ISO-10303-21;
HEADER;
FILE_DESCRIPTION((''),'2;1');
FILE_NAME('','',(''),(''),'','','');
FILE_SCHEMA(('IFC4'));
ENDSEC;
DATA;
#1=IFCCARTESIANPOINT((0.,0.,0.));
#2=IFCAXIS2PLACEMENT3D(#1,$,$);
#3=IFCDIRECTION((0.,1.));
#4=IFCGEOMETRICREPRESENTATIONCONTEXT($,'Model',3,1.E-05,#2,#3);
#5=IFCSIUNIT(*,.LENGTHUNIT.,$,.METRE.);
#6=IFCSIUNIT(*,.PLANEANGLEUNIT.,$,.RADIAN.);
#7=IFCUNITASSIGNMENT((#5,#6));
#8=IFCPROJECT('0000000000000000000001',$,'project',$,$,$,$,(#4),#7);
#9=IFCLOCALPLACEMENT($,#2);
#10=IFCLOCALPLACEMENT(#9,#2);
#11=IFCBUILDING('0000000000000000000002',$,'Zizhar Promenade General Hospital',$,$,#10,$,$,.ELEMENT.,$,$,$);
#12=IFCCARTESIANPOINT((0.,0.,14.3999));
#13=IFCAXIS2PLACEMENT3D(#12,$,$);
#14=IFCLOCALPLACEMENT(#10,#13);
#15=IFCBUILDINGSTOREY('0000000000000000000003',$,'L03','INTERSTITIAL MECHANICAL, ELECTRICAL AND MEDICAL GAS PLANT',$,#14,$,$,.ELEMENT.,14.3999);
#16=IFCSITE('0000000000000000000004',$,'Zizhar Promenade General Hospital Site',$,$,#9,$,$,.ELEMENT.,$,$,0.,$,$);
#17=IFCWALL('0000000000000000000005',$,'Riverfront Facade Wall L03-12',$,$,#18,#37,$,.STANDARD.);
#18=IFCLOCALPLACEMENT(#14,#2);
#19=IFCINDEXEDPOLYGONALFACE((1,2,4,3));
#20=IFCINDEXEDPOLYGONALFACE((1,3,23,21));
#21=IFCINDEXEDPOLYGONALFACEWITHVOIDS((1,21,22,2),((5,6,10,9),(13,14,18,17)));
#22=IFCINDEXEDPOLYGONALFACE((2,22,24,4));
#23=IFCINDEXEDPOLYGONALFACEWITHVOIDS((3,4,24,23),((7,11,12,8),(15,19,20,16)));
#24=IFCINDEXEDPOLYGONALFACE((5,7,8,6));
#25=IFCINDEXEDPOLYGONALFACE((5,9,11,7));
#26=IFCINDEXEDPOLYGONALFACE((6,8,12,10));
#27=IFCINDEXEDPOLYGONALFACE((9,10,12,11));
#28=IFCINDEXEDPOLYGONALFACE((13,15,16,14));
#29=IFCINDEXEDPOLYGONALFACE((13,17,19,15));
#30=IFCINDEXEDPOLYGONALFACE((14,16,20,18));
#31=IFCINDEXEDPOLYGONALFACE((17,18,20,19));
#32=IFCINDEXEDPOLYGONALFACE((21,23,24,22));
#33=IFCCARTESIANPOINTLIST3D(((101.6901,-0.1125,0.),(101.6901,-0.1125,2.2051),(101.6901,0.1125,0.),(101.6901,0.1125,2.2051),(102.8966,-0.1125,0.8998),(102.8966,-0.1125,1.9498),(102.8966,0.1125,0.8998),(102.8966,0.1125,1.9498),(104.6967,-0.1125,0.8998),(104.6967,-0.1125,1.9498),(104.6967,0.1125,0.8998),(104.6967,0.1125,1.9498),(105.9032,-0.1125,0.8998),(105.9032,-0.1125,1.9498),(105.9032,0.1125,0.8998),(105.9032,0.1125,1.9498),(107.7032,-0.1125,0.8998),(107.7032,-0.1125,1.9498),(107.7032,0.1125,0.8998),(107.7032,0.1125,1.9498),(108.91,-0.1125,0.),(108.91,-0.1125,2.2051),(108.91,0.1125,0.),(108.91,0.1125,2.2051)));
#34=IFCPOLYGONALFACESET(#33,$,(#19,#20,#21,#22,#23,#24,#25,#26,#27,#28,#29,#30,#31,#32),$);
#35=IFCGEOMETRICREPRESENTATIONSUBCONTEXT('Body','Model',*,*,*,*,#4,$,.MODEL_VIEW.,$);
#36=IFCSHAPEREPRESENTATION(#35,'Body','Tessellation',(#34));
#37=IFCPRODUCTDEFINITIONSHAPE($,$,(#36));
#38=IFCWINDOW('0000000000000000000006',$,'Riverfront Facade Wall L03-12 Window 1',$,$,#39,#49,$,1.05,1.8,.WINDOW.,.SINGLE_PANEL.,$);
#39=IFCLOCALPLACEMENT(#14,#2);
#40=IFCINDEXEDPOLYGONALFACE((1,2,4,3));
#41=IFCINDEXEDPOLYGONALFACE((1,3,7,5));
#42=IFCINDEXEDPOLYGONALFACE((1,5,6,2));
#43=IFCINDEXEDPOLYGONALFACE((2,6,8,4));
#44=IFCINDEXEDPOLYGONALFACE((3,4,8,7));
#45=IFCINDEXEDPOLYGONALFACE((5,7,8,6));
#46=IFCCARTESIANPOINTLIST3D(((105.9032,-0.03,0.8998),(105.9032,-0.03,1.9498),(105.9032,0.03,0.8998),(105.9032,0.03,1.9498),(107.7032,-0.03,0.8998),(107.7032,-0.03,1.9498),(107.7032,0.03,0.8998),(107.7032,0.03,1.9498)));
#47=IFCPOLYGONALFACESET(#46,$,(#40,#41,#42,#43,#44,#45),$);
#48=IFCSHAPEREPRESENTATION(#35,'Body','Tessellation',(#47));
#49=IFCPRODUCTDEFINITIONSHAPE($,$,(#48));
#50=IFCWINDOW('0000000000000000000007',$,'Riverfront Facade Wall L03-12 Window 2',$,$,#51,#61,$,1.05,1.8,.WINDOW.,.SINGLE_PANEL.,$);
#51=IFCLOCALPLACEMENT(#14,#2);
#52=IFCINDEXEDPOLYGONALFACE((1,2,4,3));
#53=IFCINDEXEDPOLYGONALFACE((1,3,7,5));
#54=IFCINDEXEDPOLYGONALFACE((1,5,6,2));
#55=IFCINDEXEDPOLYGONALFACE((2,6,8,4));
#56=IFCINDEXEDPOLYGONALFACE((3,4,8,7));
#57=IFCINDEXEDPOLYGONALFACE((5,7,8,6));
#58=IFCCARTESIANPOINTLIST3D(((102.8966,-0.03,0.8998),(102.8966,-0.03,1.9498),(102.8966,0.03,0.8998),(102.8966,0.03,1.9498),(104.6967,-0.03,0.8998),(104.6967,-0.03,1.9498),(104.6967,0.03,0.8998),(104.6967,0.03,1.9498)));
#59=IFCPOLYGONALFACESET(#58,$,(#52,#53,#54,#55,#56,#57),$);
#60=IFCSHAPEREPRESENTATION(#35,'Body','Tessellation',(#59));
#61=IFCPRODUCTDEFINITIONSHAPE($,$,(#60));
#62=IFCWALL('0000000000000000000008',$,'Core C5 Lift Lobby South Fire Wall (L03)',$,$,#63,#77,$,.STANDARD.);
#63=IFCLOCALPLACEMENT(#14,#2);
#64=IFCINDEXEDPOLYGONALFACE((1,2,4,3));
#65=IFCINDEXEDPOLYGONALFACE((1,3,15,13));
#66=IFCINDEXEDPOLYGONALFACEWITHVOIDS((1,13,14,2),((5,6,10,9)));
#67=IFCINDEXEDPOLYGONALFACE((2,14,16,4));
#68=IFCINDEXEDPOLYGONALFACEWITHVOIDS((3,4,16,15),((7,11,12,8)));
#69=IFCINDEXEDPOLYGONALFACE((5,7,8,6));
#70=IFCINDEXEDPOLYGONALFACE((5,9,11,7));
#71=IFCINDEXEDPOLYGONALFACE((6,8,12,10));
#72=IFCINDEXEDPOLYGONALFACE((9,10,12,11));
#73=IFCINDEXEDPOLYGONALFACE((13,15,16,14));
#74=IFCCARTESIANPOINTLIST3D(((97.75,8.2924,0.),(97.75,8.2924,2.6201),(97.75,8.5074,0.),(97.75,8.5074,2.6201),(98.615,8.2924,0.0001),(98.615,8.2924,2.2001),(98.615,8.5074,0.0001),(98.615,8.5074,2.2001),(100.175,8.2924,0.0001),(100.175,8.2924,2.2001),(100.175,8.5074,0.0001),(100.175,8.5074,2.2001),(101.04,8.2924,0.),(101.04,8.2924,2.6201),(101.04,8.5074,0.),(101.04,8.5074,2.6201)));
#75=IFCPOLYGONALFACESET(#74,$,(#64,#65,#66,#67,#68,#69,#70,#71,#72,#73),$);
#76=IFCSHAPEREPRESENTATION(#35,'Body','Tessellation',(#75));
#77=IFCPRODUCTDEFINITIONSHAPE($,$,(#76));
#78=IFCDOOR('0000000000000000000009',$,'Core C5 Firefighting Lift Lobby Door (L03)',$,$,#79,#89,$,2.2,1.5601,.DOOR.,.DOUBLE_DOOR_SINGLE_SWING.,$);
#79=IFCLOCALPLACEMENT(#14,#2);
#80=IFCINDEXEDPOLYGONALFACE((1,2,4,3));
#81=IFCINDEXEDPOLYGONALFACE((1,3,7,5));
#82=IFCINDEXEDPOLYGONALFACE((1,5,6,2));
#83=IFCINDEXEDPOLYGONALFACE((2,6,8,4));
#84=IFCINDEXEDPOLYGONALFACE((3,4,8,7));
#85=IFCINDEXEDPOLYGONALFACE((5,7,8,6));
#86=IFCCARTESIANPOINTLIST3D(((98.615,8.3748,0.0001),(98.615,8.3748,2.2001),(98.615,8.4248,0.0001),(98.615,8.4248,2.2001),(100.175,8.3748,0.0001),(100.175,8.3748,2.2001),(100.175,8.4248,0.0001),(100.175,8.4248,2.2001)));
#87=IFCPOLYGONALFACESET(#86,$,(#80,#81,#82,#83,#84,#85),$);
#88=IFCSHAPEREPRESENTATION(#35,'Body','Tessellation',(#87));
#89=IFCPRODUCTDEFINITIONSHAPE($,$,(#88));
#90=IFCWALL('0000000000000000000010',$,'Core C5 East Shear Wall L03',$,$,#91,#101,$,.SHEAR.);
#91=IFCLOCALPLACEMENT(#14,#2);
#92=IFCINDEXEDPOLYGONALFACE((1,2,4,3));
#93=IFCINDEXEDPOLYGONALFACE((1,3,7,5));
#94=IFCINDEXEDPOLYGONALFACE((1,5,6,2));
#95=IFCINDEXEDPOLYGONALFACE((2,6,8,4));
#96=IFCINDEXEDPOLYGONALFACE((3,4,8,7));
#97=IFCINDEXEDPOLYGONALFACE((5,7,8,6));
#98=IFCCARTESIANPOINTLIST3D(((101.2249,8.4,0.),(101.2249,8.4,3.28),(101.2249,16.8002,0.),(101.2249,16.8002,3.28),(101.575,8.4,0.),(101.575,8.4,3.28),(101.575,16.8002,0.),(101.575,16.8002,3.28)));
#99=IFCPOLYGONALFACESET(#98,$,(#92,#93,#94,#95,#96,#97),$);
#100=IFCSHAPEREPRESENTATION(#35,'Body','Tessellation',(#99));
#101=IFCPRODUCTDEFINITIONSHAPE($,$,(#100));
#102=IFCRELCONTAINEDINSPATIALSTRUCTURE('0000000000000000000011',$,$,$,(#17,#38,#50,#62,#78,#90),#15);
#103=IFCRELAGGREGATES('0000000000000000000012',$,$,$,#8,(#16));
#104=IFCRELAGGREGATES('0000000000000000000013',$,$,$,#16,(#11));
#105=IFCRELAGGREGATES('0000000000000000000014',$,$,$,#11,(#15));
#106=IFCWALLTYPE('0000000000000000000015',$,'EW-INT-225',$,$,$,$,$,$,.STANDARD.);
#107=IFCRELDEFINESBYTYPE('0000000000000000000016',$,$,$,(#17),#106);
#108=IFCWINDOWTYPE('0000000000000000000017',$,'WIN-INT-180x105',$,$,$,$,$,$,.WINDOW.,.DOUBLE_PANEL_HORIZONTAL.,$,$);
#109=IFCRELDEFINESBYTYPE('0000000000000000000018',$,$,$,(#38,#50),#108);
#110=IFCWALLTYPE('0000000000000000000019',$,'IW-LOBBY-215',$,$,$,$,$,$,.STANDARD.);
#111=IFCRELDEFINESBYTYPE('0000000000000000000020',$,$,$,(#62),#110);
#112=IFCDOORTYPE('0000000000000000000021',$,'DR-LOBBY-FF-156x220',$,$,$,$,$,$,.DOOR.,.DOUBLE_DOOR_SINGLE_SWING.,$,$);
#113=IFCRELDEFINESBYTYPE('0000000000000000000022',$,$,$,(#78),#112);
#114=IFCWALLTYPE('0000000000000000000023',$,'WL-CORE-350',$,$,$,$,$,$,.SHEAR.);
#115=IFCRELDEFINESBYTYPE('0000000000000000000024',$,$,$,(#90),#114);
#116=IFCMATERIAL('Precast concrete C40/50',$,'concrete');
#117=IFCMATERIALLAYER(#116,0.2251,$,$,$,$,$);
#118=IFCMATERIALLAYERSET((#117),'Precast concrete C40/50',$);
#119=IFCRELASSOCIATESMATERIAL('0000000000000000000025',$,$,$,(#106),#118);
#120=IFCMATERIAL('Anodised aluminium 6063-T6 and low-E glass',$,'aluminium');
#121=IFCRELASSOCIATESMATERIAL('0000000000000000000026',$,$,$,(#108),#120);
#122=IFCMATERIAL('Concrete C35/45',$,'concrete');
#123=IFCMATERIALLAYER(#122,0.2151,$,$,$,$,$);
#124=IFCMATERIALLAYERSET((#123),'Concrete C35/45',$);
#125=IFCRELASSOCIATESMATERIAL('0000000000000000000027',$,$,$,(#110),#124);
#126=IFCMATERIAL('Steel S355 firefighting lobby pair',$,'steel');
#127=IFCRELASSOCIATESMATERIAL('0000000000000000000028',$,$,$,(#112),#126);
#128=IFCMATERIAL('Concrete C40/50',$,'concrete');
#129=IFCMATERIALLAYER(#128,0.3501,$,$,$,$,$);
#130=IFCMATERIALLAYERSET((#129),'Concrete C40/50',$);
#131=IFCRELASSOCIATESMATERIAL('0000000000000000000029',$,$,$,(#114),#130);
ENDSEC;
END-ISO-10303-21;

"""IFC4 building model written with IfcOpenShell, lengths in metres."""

from ifc_helpers import new_model, si_unit, direction, frame, frame_2d, origin, place, context, subcontext, project, spatial, rectangle, extrude, material, layer, layer_set, type_object, element, fill, save


model = new_model("IFC4")

# Units and contexts
model_context = context("Model", 3, precision=1e-05, world=origin(), true_north=direction((0.0, 1.0)))
body_context = subcontext(model_context, "Body", "Model", "MODEL_VIEW")
ifc_project = project(units=[si_unit("LENGTHUNIT", "METRE"), si_unit("PLANEANGLEUNIT", "RADIAN")], contexts=[model_context])

# Site, building, storey
site_placement = place(None, origin())
site = spatial("IfcSite", under=ifc_project, at=site_placement, Name="Zizhar Promenade General Hospital Site", CompositionType="ELEMENT", RefElevation=0.0)
building_placement = place(site_placement, origin())
building = spatial("IfcBuilding", under=site, at=building_placement, Name="Zizhar Promenade General Hospital", CompositionType="ELEMENT")
storey_placement = place(building_placement, frame((0.0, 0.0, 14.3999)))
storey = spatial("IfcBuildingStorey", under=building, at=storey_placement, Name="L03", Description="INTERSTITIAL MECHANICAL, ELECTRICAL AND MEDICAL GAS PLANT", CompositionType="ELEMENT", Elevation=14.3999)

# Wall, openings, windows
ifc_material_1 = material(Name="Precast concrete C40/50", Category="concrete")
ifc_layer_1 = layer(ifc_material_1, 0.2251)
ifc_layer_set_1 = layer_set([ifc_layer_1], Name="Precast concrete C40/50")
wall_type_1 = type_object("IfcWallType", Name="EW-INT-225", PredefinedType="STANDARD", material=ifc_layer_set_1)
ifc_material_2 = material(Name="Anodised aluminium 6063-T6 and low-E glass", Category="aluminium")
window_type = type_object("IfcWindowType", Name="WIN-INT-180x105", PartitioningType="DOUBLE_PANEL_HORIZONTAL", PredefinedType="WINDOW", material=ifc_material_2)
wall_1_placement = place(storey_placement, frame((108.9099, 0.0, 0.0), z_axis=(0.0, 0.0, 1.0), x_axis=(-1.0, 0.0, 0.0)))
wall_1 = element("IfcWall", 1, at=wall_1_placement, inside=storey, type_object=wall_type_1, Name="Riverfront Facade Wall L03-12", PredefinedType="STANDARD", context=body_context, shape_type="SweptSolid", body=[
    extrude(rectangle(XDim=7.22, YDim=0.2251, at=frame_2d((3.6099, 0.0))), origin(), (0.0, 0.0, 1.0), 2.2051),
])
opening_1_placement = place(wall_1_placement, frame((1.2068, 0.0, 0.8999)))
opening_1 = element("IfcOpeningElement", 2, at=opening_1_placement, cuts=wall_1, PredefinedType="OPENING", context=body_context, shape_type="SweptSolid", body=[
    extrude(rectangle(XDim=1.8, YDim=1.05, at=frame_2d((0.8999, 0.5249))), frame((0.0, 0.1226, 0.0), z_axis=(0.0, -1.0, 0.0), x_axis=(1.0, 0.0, 0.0)), (0.0, 0.0, 1.0), 0.2451),
])
opening_2_placement = place(wall_1_placement, frame((4.2134, 0.0, 0.8999)))
opening_2 = element("IfcOpeningElement", 3, at=opening_2_placement, cuts=wall_1, PredefinedType="OPENING", context=body_context, shape_type="SweptSolid", body=[
    extrude(rectangle(XDim=1.8, YDim=1.05, at=frame_2d((0.8999, 0.5249))), frame((0.0, 0.1226, 0.0), z_axis=(0.0, -1.0, 0.0), x_axis=(1.0, 0.0, 0.0)), (0.0, 0.0, 1.0), 0.2451),
])
window_1_placement = place(opening_1_placement, origin())
window_1 = element("IfcWindow", 4, at=window_1_placement, inside=storey, type_object=window_type, Name="Riverfront Facade Wall L03-12 Window 1", OverallHeight=1.05, OverallWidth=1.8, PartitioningType="SINGLE_PANEL", PredefinedType="WINDOW", context=body_context, shape_type="SweptSolid", body=[
    extrude(rectangle(XDim=1.8, YDim=1.05, at=frame_2d((0.8999, 0.5249))), frame((0.0, 0.03, 0.0), z_axis=(0.0, -1.0, 0.0), x_axis=(1.0, 0.0, 0.0)), (0.0, 0.0, 1.0), 0.0601),
])
fill(opening_1, window_1)
window_2_placement = place(opening_2_placement, origin())
window_2 = element("IfcWindow", 5, at=window_2_placement, inside=storey, type_object=window_type, Name="Riverfront Facade Wall L03-12 Window 2", OverallHeight=1.05, OverallWidth=1.8, PartitioningType="SINGLE_PANEL", PredefinedType="WINDOW", context=body_context, shape_type="SweptSolid", body=[
    extrude(rectangle(XDim=1.8, YDim=1.05, at=frame_2d((0.8999, 0.5249))), frame((0.0, 0.03, 0.0), z_axis=(0.0, -1.0, 0.0), x_axis=(1.0, 0.0, 0.0)), (0.0, 0.0, 1.0), 0.0601),
])
fill(opening_2, window_2)

# Wall, opening, door
ifc_material_3 = material(Name="Concrete C35/45", Category="concrete")
ifc_layer_2 = layer(ifc_material_3, 0.2151)
ifc_layer_set_2 = layer_set([ifc_layer_2], Name="Concrete C35/45")
wall_type_2 = type_object("IfcWallType", Name="IW-LOBBY-215", PredefinedType="STANDARD", material=ifc_layer_set_2)
wall_2_placement = place(storey_placement, frame((97.75, 8.3999, 0.0), z_axis=(0.0, 0.0, 1.0), x_axis=(1.0, 0.0, 0.0)))
wall_2 = element("IfcWall", 6, at=wall_2_placement, inside=storey, type_object=wall_type_2, Name="Core C5 Lift Lobby South Fire Wall (L03)", PredefinedType="STANDARD", context=body_context, shape_type="SweptSolid", body=[
    extrude(rectangle(XDim=3.29, YDim=0.2151, at=frame_2d((1.645, 0.0))), origin(), (0.0, 0.0, 1.0), 2.6201),
])
opening_3_placement = place(wall_2_placement, frame((0.865, 0.0, 0.0)))
opening_3 = element("IfcOpeningElement", 7, at=opening_3_placement, cuts=wall_2, PredefinedType="OPENING", context=body_context, shape_type="SweptSolid", body=[
    extrude(rectangle(XDim=1.5601, YDim=2.2, at=frame_2d((0.78, 1.1001))), frame((0.0, 0.1177, 0.0), z_axis=(0.0, -1.0, 0.0), x_axis=(1.0, 0.0, 0.0)), (0.0, 0.0, 1.0), 0.2351),
])
ifc_material_4 = material(Name="Steel S355 firefighting lobby pair", Category="steel")
door_type_1 = type_object("IfcDoorType", Name="DR-LOBBY-FF-156x220", OperationType="DOUBLE_DOOR_SINGLE_SWING", PredefinedType="DOOR", material=ifc_material_4)
door_1_placement = place(opening_3_placement, origin())
door_1 = element("IfcDoor", 8, at=door_1_placement, inside=storey, type_object=door_type_1, Name="Core C5 Firefighting Lift Lobby Door (L03)", OperationType="DOUBLE_DOOR_SINGLE_SWING", OverallHeight=2.2, OverallWidth=1.5601, PredefinedType="DOOR", context=body_context, shape_type="SweptSolid", body=[
    extrude(rectangle(XDim=1.5601, YDim=2.2, at=frame_2d((0.78, 1.1001))), frame((0.0, 0.0249, 0.0), z_axis=(0.0, -1.0, 0.0), x_axis=(1.0, 0.0, 0.0)), (0.0, 0.0, 1.0), 0.05),
])
fill(opening_3, door_1)

# Wall
ifc_material_5 = material(Name="Concrete C40/50", Category="concrete")
ifc_layer_3 = layer(ifc_material_5, 0.3501)
ifc_layer_set_3 = layer_set([ifc_layer_3], Name="Concrete C40/50")
wall_type_3 = type_object("IfcWallType", Name="WL-CORE-350", PredefinedType="SHEAR", material=ifc_layer_set_3)
wall_3_placement = place(storey_placement, frame((101.3999, 8.3999, 0.0), z_axis=(0.0, 0.0, 1.0), x_axis=(0.0, 1.0, 0.0)))
element("IfcWall", 9, at=wall_3_placement, inside=storey, type_object=wall_type_3, Name="Core C5 East Shear Wall L03", PredefinedType="SHEAR", context=body_context, shape_type="SweptSolid", body=[
    extrude(rectangle(XDim=8.4001, YDim=0.3501, at=frame_2d((4.2002, 0.0))), origin(), (0.0, 0.0, 1.0), 3.28),
])

save(model, "model.ifc")
